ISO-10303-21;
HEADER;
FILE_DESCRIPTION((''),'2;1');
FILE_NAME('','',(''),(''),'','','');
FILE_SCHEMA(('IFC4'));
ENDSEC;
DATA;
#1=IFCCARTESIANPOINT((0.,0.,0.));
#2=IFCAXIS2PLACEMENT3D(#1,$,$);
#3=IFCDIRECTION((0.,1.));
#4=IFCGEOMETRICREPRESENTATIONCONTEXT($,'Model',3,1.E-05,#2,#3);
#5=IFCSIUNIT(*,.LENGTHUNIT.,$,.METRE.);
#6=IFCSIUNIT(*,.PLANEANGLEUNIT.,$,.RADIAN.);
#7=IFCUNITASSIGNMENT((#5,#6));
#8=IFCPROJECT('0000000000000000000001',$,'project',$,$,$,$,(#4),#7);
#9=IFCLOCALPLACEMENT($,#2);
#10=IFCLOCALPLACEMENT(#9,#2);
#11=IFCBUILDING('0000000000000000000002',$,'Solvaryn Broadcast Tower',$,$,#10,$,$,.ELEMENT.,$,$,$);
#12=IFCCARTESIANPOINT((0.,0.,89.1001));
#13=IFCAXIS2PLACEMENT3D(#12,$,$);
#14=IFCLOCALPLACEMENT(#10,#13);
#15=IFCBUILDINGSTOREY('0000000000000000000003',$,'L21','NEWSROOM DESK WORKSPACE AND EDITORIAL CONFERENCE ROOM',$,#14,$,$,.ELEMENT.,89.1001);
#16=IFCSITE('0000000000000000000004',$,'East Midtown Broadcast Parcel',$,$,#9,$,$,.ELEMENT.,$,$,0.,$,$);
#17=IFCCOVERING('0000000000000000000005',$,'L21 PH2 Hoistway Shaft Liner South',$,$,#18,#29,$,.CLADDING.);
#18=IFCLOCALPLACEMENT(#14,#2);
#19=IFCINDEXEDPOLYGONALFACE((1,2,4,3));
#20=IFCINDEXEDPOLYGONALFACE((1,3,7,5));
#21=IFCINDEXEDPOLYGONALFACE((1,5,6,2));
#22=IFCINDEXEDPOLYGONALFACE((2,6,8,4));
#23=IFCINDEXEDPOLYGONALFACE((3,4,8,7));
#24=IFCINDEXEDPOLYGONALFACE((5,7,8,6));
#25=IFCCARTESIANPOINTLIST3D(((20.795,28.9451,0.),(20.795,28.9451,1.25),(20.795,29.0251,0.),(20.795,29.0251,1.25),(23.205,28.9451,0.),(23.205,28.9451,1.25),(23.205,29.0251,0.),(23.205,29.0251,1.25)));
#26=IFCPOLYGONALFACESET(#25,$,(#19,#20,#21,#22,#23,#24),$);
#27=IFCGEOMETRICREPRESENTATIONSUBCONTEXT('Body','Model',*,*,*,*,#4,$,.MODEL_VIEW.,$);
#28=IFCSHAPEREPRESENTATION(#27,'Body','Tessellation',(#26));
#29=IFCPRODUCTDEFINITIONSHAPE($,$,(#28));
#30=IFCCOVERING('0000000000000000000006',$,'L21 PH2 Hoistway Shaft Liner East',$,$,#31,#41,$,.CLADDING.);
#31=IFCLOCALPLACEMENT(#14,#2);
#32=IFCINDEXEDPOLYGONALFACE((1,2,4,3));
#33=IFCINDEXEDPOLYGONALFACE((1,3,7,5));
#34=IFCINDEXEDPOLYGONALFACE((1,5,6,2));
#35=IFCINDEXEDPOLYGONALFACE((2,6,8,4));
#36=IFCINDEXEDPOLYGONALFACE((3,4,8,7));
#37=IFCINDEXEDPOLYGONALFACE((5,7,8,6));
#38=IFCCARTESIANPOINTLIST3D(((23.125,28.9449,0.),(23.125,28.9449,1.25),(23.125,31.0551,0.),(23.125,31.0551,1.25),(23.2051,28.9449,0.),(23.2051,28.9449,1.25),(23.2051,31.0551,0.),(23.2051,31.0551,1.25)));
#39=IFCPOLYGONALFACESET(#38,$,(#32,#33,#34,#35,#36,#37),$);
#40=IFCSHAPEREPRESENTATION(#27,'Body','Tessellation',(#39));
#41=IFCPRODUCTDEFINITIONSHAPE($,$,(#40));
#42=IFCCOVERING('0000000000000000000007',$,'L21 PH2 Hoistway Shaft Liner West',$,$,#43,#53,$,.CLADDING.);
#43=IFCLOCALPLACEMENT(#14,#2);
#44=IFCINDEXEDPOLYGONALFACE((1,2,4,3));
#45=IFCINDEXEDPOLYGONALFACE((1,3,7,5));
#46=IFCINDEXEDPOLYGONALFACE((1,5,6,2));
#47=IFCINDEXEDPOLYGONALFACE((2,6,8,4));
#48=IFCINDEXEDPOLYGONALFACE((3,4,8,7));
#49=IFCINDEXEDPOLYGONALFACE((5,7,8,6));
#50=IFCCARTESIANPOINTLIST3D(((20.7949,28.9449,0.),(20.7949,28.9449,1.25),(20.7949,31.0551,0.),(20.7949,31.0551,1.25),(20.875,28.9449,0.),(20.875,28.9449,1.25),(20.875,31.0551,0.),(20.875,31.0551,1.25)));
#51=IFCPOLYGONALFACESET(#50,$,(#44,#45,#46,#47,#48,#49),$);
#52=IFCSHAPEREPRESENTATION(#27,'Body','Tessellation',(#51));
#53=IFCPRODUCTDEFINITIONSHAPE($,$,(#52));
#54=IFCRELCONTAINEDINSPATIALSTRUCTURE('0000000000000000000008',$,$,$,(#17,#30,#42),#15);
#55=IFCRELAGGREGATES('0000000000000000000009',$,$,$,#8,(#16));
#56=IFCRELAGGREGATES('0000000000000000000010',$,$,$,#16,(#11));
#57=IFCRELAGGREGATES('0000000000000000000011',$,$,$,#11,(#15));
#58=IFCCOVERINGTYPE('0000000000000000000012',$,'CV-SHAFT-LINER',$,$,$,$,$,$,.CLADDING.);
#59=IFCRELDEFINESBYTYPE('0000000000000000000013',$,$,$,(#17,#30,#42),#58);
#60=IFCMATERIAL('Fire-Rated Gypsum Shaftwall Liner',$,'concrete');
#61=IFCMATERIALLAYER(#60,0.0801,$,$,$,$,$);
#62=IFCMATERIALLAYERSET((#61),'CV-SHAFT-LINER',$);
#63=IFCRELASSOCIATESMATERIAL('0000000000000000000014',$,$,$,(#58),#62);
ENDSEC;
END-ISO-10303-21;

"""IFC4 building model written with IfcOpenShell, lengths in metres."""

from ifc_helpers import new_model, si_unit, direction, frame, origin, origin_2d, place, context, subcontext, project, spatial, rectangle, extrude, material, layer, layer_set, type_object, element, save


model = new_model("IFC4")

# Units and contexts
model_context = context("Model", 3, precision=1e-05, world=origin(), true_north=direction((0.0, 1.0)))
body_context = subcontext(model_context, "Body", "Model", "MODEL_VIEW")
ifc_project = project(units=[si_unit("LENGTHUNIT", "METRE"), si_unit("PLANEANGLEUNIT", "RADIAN")], contexts=[model_context])

# Site, building, storey
site_placement = place(None, origin())
site = spatial("IfcSite", under=ifc_project, at=site_placement, Name="East Midtown Broadcast Parcel", CompositionType="ELEMENT", RefElevation=0.0)
building_placement = place(site_placement, origin())
building = spatial("IfcBuilding", under=site, at=building_placement, Name="Solvaryn Broadcast Tower", CompositionType="ELEMENT")
storey_placement = place(building_placement, frame((0.0, 0.0, 89.1001)))
storey = spatial("IfcBuildingStorey", under=building, at=storey_placement, Name="L21", Description="NEWSROOM DESK WORKSPACE AND EDITORIAL CONFERENCE ROOM", CompositionType="ELEMENT", Elevation=89.1001)

# Coverings
ifc_material_1 = material(Name="Fire-Rated Gypsum Shaftwall Liner", Category="concrete")
ifc_layer_1 = layer(ifc_material_1, 0.0801)
ifc_layer_set_1 = layer_set([ifc_layer_1], Name="CV-SHAFT-LINER")
covering_type = type_object("IfcCoveringType", Name="CV-SHAFT-LINER", PredefinedType="CLADDING", material=ifc_layer_set_1)
covering_1_placement = place(storey_placement, frame((22.0, 28.9851, 0.0), z_axis=(0.0, 0.0, 1.0), x_axis=(1.0, 0.0, 0.0)))
element("IfcCovering", 1, at=covering_1_placement, inside=storey, type_object=covering_type, Name="L21 PH2 Hoistway Shaft Liner South", PredefinedType="CLADDING", context=body_context, shape_type="SweptSolid", body=[
    extrude(rectangle(XDim=2.4099, YDim=0.0801, at=origin_2d()), origin(), (0.0, 0.0, 1.0), 1.25),
])
for number, where, z_axis, x_axis, name in (
    (2, (23.165, 30.0, 0.0), (0.0, 0.0, 1.0), (1.0, 0.0, 0.0), "L21 PH2 Hoistway Shaft Liner East"),
    (3, (20.835, 30.0, 0.0), (0.0, 0.0, 1.0), (1.0, 0.0, 0.0), "L21 PH2 Hoistway Shaft Liner West"),
):
    element("IfcCovering", number, at=place(storey_placement, frame(where, z_axis=z_axis, x_axis=x_axis)), inside=storey, type_object=covering_type, Name=name, PredefinedType="CLADDING", context=body_context, shape_type="SweptSolid", body=[
        extrude(rectangle(XDim=0.0801, YDim=2.1101, at=origin_2d()), origin(), (0.0, 0.0, 1.0), 1.25),
    ])

save(model, "model.ifc")
